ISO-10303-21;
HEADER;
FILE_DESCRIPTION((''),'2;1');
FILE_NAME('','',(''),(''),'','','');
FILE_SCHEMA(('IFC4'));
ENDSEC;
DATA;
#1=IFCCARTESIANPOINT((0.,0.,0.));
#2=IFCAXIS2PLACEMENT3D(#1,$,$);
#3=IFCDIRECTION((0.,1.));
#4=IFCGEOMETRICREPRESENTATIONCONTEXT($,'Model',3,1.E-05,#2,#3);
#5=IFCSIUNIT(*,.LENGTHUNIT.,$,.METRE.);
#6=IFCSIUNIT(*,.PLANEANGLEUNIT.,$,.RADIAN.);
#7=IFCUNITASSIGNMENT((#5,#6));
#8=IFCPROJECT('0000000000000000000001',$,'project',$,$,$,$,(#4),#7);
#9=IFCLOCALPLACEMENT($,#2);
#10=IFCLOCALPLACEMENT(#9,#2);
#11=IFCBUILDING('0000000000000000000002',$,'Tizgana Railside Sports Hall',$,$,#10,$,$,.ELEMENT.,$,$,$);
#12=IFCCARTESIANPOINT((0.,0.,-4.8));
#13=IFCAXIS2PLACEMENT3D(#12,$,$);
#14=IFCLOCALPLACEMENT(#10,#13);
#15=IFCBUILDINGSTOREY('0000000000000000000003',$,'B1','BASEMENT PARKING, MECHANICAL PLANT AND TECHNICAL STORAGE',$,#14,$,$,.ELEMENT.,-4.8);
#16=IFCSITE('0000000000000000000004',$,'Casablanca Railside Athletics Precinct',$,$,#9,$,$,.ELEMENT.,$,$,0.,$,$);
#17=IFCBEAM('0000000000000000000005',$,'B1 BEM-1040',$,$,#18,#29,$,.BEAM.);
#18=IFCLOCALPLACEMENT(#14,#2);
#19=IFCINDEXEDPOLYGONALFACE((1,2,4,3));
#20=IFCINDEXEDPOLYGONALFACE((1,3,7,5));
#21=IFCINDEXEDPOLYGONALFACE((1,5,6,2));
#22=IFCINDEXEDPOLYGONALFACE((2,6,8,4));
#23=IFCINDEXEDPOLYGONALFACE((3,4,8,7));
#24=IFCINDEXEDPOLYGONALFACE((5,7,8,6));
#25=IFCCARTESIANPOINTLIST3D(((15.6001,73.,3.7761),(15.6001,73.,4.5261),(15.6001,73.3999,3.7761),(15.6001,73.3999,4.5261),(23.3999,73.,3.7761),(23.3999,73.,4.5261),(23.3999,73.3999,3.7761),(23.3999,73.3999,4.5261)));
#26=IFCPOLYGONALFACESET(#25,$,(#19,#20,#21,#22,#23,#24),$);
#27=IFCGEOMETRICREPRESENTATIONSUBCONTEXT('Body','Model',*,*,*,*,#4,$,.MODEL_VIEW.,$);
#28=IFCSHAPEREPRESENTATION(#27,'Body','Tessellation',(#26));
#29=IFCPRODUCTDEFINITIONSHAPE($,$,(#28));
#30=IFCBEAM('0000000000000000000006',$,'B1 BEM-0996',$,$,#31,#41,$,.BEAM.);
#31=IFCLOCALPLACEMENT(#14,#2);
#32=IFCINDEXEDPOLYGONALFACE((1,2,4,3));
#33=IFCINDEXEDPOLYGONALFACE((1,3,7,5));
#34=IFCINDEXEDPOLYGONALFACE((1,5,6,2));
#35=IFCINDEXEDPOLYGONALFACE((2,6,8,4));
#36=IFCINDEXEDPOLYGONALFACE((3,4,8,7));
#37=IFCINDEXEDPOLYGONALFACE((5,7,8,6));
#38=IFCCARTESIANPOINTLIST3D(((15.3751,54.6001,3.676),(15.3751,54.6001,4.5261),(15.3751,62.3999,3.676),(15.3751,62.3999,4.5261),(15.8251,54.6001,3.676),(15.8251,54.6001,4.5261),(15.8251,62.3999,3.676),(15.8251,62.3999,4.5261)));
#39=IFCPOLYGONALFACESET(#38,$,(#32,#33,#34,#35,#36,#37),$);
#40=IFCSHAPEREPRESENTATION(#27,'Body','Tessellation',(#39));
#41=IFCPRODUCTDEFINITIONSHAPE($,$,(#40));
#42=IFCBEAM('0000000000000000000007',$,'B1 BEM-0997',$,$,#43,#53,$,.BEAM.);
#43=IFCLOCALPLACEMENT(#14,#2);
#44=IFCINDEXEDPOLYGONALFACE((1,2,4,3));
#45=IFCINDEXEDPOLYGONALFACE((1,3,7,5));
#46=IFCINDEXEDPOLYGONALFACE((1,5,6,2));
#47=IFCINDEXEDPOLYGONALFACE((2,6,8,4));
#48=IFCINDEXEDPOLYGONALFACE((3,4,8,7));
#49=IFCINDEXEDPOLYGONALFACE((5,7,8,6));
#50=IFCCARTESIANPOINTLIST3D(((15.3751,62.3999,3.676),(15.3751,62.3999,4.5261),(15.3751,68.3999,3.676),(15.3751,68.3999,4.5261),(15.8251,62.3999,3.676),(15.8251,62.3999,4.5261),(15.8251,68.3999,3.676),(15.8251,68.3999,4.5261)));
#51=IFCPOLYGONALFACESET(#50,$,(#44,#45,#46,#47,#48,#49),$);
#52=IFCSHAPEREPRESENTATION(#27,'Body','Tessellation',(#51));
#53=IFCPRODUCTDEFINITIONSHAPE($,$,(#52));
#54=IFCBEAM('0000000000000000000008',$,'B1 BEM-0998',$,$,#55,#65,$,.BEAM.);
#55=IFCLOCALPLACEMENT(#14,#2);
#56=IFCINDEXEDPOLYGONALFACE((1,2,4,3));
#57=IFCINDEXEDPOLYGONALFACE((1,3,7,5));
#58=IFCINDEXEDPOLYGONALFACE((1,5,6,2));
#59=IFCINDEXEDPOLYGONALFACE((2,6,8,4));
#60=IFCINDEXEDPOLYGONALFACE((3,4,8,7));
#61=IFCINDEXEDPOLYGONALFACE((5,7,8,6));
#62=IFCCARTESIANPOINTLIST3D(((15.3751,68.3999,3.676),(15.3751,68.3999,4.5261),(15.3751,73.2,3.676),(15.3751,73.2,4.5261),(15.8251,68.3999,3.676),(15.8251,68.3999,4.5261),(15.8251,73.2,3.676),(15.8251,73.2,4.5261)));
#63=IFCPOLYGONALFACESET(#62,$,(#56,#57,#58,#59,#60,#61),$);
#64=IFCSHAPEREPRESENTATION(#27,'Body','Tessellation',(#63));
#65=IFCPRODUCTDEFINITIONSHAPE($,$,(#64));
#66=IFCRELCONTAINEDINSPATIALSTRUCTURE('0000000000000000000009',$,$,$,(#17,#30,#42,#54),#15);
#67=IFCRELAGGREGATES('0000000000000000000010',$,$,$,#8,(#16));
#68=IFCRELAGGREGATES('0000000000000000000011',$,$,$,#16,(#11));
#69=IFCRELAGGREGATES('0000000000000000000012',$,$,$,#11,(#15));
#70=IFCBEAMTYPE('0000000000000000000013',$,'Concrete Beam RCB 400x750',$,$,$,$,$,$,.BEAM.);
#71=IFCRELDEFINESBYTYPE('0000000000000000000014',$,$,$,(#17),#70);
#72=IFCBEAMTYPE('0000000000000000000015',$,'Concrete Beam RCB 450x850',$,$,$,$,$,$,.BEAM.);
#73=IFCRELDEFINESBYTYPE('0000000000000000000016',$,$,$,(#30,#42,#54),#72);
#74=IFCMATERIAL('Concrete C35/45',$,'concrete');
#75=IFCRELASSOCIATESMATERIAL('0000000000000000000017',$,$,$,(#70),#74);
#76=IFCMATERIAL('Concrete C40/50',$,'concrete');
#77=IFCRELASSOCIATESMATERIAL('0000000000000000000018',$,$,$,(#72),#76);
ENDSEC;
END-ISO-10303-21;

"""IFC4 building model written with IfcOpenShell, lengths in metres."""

from ifc_helpers import new_model, si_unit, direction, frame, origin, origin_2d, place, context, subcontext, project, spatial, rectangle, extrude, material, material_profile, profile_set, type_object, element, save


model = new_model("IFC4")

# Units and contexts
model_context = context("Model", 3, precision=1e-05, world=origin(), true_north=direction((0.0, 1.0)))
body_context = subcontext(model_context, "Body", "Model", "MODEL_VIEW")
ifc_project = project(units=[si_unit("LENGTHUNIT", "METRE"), si_unit("PLANEANGLEUNIT", "RADIAN")], contexts=[model_context])

# Site, building, storey
site_placement = place(None, origin())
site = spatial("IfcSite", under=ifc_project, at=site_placement, Name="Casablanca Railside Athletics Precinct", CompositionType="ELEMENT", RefElevation=0.0)
building_placement = place(site_placement, origin())
building = spatial("IfcBuilding", under=site, at=building_placement, Name="Tizgana Railside Sports Hall", CompositionType="ELEMENT")
storey_placement = place(building_placement, frame((0.0, 0.0, -4.8)))
storey = spatial("IfcBuildingStorey", under=building, at=storey_placement, Name="B1", Description="BASEMENT PARKING, MECHANICAL PLANT AND TECHNICAL STORAGE", CompositionType="ELEMENT", Elevation=-4.8)

# Shared definitions
ifc_material_1 = material(Name="Concrete C35/45", Category="concrete")

# Shared definitions
ifc_material_2 = material(Name="Concrete C40/50", Category="concrete")

# Beams
ifc_material_profile_1 = material_profile(ifc_material_1, rectangle(XDim=0.3999, YDim=0.75, at=origin_2d()), Name="RCB 400x750")
ifc_profile_set_1 = profile_set([ifc_material_profile_1], Name="Concrete C35/45")
beam_type_1 = type_object("IfcBeamType", Name="Concrete Beam RCB 400x750", PredefinedType="BEAM", material=ifc_profile_set_1)
for number, where, z_axis, x_axis, name in (
    (1, (15.6001, 73.2, 4.1511), (1.0, 0.0, 0.0), (0.0, 1.0, 0.0), "B1 BEM-1040"),
):
    element("IfcBeam", number, at=place(storey_placement, frame(where, z_axis=z_axis, x_axis=x_axis)), inside=storey, type_object=beam_type_1, Name=name, PredefinedType="BEAM", context=body_context, shape_type="SweptSolid", body=[
        extrude(rectangle(XDim=0.3999, YDim=0.75, at=origin_2d()), origin(), (0.0, 0.0, 1.0), 7.7998),
    ])
ifc_material_profile_2 = material_profile(ifc_material_2, rectangle(XDim=0.45, YDim=0.8501, at=origin_2d()), Name="RCB 450x850")
ifc_profile_set_2 = profile_set([ifc_material_profile_2], Name="Concrete C40/50")
beam_type_2 = type_object("IfcBeamType", Name="Concrete Beam RCB 450x850", PredefinedType="BEAM", material=ifc_profile_set_2)
beam_1_placement = place(storey_placement, frame((15.6001, 54.6001, 4.1011), z_axis=(0.0, 1.0, 0.0), x_axis=(-1.0, 0.0, 0.0)))
element("IfcBeam", 2, at=beam_1_placement, inside=storey, type_object=beam_type_2, Name="B1 BEM-0996", PredefinedType="BEAM", context=body_context, shape_type="SweptSolid", body=[
    extrude(rectangle(XDim=0.45, YDim=0.8501, at=origin_2d()), origin(), (0.0, 0.0, 1.0), 7.7998),
])
beam_2_placement = place(storey_placement, frame((15.6001, 62.3999, 4.1011), z_axis=(0.0, 1.0, 0.0), x_axis=(-1.0, 0.0, 0.0)))
element("IfcBeam", 3, at=beam_2_placement, inside=storey, type_object=beam_type_2, Name="B1 BEM-0997", PredefinedType="BEAM", context=body_context, shape_type="SweptSolid", body=[
    extrude(rectangle(XDim=0.45, YDim=0.8501, at=origin_2d()), origin(), (0.0, 0.0, 1.0), 6.0),
])
beam_3_placement = place(storey_placement, frame((15.6001, 68.3999, 4.1011), z_axis=(0.0, 1.0, 0.0), x_axis=(-1.0, 0.0, 0.0)))
element("IfcBeam", 4, at=beam_3_placement, inside=storey, type_object=beam_type_2, Name="B1 BEM-0998", PredefinedType="BEAM", context=body_context, shape_type="SweptSolid", body=[
    extrude(rectangle(XDim=0.45, YDim=0.8501, at=origin_2d()), origin(), (0.0, 0.0, 1.0), 4.8),
])

save(model, "model.ifc")
